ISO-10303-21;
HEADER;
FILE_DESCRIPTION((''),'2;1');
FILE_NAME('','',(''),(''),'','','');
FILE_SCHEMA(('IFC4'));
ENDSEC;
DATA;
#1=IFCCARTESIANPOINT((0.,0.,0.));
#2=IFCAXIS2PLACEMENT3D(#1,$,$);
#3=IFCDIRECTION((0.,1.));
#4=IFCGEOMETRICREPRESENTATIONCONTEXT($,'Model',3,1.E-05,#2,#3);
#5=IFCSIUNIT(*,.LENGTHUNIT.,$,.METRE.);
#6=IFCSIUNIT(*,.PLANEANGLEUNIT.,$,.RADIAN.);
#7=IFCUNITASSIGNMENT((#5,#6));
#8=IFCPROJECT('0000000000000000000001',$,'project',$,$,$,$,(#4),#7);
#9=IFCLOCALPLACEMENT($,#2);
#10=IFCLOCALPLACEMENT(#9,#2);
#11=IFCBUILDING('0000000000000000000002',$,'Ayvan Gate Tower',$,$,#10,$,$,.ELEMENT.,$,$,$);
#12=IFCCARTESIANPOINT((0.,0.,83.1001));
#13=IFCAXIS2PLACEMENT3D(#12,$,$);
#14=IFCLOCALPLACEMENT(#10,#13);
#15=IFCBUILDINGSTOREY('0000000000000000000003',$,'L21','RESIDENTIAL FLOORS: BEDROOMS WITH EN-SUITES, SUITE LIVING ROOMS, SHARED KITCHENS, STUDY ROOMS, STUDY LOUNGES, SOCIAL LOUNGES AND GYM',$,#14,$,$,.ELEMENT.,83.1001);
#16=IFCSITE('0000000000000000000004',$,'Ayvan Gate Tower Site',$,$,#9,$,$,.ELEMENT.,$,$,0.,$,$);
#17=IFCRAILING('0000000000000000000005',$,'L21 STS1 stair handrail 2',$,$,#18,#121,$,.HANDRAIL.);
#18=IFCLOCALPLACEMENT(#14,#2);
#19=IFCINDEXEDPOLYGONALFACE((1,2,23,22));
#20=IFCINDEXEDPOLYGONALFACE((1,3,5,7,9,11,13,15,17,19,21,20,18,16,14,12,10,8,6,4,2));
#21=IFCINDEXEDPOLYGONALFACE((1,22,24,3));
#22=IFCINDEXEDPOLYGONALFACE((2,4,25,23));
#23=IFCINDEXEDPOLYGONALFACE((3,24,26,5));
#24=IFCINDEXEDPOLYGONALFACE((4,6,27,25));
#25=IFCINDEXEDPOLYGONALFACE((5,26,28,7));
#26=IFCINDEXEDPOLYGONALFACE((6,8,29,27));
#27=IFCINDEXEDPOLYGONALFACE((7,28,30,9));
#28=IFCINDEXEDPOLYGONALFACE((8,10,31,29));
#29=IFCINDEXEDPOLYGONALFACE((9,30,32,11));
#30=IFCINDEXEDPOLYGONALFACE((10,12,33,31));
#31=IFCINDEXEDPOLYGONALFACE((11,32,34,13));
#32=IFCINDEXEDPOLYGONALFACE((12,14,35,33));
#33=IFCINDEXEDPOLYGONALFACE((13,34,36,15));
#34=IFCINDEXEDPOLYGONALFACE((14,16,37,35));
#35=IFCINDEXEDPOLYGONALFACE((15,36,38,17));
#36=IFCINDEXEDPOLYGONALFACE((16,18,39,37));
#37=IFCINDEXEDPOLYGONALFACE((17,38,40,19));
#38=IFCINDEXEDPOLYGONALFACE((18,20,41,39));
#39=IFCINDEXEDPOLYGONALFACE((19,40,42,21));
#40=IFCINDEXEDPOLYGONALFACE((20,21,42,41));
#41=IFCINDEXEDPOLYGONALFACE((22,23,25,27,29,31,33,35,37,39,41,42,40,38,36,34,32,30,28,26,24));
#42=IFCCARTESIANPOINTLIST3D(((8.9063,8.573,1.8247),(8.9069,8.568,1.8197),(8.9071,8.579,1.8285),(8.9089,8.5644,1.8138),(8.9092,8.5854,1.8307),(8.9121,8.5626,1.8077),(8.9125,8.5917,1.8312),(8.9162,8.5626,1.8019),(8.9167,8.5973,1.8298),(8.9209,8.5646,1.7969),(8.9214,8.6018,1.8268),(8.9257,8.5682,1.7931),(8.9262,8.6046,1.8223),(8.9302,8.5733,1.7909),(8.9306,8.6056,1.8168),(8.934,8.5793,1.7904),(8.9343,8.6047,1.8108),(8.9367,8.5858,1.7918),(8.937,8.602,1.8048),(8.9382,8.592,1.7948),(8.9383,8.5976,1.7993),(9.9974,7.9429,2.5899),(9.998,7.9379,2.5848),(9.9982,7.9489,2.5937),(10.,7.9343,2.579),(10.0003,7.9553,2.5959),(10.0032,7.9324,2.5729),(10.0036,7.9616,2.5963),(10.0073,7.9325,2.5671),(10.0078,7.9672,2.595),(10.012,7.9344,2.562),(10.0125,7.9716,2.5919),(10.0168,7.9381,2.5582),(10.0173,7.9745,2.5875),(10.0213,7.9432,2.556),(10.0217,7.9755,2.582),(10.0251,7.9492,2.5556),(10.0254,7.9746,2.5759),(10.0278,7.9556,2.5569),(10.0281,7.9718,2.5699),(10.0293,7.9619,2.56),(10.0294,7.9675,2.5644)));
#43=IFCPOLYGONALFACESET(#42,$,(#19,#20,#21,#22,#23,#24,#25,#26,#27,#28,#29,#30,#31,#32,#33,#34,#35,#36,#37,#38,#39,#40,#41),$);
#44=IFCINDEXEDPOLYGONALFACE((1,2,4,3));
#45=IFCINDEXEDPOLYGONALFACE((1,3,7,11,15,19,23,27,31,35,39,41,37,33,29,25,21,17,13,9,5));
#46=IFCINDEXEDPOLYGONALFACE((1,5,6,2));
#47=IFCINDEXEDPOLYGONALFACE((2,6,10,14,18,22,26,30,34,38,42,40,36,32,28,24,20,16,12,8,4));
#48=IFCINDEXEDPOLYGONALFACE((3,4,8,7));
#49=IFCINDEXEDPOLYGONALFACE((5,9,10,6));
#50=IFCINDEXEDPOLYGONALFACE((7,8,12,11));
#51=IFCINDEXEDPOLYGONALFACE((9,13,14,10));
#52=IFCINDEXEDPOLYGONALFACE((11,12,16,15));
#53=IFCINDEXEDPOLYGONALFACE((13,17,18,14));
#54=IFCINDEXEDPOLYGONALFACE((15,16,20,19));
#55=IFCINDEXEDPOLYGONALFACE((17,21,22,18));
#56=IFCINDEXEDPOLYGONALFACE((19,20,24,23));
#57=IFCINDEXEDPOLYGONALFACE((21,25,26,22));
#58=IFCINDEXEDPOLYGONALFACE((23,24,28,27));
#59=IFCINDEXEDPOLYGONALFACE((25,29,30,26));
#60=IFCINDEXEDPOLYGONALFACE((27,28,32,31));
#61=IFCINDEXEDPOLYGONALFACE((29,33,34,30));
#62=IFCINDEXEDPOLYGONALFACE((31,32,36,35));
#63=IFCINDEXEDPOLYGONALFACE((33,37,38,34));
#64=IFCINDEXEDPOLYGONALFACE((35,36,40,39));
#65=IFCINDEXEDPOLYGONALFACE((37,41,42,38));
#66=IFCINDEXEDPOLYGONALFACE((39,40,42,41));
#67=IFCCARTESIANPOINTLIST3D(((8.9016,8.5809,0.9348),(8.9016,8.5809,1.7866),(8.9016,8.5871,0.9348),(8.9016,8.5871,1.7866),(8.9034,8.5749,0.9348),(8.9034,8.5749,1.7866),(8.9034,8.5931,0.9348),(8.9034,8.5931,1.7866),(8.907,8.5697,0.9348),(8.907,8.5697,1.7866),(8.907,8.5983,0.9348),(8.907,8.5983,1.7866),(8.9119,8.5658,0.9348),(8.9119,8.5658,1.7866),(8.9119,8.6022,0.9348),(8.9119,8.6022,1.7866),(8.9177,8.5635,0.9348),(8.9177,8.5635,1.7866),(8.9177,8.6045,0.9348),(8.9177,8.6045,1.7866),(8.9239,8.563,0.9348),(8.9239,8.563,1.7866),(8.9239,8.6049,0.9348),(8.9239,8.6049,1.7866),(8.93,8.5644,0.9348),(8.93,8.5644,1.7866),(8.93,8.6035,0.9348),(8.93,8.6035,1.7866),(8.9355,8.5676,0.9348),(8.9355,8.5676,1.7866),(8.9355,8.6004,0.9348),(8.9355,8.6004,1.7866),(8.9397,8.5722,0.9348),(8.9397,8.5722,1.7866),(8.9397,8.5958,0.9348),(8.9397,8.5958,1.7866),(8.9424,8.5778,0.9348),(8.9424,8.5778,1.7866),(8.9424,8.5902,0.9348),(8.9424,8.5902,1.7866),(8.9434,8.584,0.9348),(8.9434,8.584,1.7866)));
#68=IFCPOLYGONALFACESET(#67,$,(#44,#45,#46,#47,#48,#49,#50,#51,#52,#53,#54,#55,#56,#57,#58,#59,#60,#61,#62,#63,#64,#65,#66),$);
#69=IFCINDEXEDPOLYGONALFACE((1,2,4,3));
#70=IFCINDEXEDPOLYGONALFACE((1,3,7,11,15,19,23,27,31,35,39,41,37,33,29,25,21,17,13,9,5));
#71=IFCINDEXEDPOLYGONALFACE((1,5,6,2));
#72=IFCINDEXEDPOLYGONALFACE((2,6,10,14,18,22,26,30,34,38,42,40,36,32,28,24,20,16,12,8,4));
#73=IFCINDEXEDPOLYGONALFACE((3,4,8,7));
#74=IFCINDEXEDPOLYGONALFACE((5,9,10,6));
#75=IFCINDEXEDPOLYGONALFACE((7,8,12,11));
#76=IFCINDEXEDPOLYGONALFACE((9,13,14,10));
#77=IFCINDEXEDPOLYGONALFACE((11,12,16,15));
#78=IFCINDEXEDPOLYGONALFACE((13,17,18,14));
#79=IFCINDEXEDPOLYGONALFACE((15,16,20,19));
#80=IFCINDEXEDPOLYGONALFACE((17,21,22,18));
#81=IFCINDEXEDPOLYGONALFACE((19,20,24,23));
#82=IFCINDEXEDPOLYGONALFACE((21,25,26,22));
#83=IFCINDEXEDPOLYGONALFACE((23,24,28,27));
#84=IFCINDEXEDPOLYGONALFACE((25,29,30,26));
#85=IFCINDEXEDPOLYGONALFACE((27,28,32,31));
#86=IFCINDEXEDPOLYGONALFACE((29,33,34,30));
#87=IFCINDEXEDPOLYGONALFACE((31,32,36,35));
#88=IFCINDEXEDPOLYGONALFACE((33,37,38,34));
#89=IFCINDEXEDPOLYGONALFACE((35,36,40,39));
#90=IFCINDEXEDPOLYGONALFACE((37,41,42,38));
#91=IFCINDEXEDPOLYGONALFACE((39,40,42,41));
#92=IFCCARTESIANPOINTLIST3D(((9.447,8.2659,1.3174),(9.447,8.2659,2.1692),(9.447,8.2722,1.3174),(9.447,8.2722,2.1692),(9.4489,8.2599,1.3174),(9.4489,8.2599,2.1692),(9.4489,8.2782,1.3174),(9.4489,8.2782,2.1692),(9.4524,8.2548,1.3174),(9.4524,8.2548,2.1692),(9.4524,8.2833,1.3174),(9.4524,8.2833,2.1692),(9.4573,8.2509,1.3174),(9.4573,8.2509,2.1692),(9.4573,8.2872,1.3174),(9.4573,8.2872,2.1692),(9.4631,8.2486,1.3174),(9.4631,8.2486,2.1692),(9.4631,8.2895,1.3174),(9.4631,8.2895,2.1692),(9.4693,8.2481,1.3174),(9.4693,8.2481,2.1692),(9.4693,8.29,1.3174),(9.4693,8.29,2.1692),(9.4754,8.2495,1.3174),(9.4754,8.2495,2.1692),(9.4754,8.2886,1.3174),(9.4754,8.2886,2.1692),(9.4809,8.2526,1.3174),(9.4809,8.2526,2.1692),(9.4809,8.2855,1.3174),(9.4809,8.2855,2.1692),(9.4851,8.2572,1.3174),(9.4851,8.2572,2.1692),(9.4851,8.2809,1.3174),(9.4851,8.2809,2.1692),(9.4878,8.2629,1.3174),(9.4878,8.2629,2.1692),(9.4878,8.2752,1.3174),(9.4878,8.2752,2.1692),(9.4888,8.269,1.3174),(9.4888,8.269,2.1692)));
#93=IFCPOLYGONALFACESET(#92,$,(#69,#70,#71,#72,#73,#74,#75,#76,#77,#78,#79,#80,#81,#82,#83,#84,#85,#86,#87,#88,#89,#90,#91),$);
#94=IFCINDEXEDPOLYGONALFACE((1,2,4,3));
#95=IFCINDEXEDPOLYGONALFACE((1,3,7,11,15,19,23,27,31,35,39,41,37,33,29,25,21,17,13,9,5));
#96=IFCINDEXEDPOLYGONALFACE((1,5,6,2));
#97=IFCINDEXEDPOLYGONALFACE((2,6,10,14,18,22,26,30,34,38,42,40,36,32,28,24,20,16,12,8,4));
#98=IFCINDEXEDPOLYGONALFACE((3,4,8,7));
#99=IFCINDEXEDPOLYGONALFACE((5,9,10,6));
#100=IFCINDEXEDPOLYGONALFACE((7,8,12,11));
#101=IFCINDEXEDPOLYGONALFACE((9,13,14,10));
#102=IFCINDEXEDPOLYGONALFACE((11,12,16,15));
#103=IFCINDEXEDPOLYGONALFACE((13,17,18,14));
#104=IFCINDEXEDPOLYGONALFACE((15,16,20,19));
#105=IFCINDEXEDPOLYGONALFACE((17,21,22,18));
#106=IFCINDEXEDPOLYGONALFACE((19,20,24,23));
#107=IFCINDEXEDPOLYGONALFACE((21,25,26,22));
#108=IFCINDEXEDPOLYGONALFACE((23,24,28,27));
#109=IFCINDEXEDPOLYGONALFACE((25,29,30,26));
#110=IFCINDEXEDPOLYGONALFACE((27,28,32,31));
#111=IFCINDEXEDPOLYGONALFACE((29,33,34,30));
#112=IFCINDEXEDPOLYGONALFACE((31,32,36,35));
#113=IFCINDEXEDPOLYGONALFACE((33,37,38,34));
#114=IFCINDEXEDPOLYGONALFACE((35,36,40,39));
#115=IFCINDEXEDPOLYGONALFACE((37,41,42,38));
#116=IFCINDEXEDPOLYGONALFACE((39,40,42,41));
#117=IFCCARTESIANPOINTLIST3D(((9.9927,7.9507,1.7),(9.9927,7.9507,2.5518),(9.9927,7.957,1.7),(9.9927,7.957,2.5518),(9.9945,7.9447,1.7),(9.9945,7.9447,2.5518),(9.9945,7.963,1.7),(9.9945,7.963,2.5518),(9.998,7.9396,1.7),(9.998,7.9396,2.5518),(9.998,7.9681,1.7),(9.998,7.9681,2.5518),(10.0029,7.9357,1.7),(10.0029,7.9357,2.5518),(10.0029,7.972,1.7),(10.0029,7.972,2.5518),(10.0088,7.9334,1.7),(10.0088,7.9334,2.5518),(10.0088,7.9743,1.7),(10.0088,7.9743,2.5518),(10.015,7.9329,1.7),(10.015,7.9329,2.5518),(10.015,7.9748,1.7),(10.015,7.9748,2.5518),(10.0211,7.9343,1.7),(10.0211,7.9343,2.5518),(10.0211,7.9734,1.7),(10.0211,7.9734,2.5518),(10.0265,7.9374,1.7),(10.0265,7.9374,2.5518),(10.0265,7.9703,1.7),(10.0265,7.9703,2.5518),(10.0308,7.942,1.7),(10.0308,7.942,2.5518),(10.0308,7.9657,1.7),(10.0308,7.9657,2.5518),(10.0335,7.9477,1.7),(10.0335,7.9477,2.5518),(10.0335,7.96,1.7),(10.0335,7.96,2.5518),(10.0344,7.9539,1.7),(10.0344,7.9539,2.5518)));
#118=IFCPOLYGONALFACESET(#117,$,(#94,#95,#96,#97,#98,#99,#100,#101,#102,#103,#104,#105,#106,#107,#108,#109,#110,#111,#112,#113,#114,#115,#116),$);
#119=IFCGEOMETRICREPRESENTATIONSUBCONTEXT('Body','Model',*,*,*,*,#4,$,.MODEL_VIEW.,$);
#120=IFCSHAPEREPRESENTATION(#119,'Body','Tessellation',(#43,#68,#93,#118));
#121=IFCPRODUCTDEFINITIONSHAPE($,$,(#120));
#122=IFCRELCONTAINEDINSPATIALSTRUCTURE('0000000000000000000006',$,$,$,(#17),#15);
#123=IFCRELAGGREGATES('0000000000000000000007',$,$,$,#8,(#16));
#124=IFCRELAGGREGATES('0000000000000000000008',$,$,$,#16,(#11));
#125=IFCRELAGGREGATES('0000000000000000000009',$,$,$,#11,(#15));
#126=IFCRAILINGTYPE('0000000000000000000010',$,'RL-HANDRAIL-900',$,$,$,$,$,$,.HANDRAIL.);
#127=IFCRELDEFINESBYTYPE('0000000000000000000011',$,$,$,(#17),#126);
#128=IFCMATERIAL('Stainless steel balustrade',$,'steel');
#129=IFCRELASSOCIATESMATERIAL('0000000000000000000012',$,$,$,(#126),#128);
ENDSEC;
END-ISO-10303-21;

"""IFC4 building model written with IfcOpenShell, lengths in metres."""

from ifc_helpers import new_model, si_unit, direction, frame, origin, origin_2d, place, context, subcontext, project, spatial, circle, extrude, material, type_object, element, save


model = new_model("IFC4")

# Units and contexts
model_context = context("Model", 3, precision=1e-05, world=origin(), true_north=direction((0.0, 1.0)))
body_context = subcontext(model_context, "Body", "Model", "MODEL_VIEW")
ifc_project = project(units=[si_unit("LENGTHUNIT", "METRE"), si_unit("PLANEANGLEUNIT", "RADIAN")], contexts=[model_context])

# Site, building, storey
site_placement = place(None, origin())
site = spatial("IfcSite", under=ifc_project, at=site_placement, Name="Ayvan Gate Tower Site", CompositionType="ELEMENT", RefElevation=0.0)
building_placement = place(site_placement, origin())
building = spatial("IfcBuilding", under=site, at=building_placement, Name="Ayvan Gate Tower", CompositionType="ELEMENT")
storey_placement = place(building_placement, frame((0.0, 0.0, 83.1001)))
storey = spatial("IfcBuildingStorey", under=building, at=storey_placement, Name="L21", Description="RESIDENTIAL FLOORS: BEDROOMS WITH EN-SUITES, SUITE LIVING ROOMS, SHARED KITCHENS, STUDY ROOMS, STUDY LOUNGES, SOCIAL LOUNGES AND GYM", CompositionType="ELEMENT", Elevation=83.1001)

# Railing
ifc_material_1 = material(Name="Stainless steel balustrade", Category="steel")
railing_type_1 = type_object("IfcRailingType", Name="RL-HANDRAIL-900", PredefinedType="HANDRAIL", material=ifc_material_1)
railing_1_placement = place(storey_placement, frame((8.9224, 8.584, 0.9348)))
element("IfcRailing", 1, at=railing_1_placement, inside=storey, type_object=railing_type_1, Name="L21 STS1 stair handrail 2", PredefinedType="HANDRAIL", context=body_context, shape_type="SweptSolid", body=[
    extrude(circle(Radius=0.0239, at=origin_2d()), frame((0.0, 0.0, 0.876), z_axis=(0.740166, -0.427471, 0.51906), x_axis=(0.500119, 0.865956, 0.0)), (0.0, 0.0, 1.0), 1.4741),
    extrude(circle(Radius=0.021, at=origin_2d()), origin(), (0.0, 0.0, 1.0), 0.8518),
    extrude(circle(Radius=0.021, at=origin_2d()), frame((0.5454, -0.3149, 0.3826)), (0.0, 0.0, 1.0), 0.8518),
    extrude(circle(Radius=0.021, at=origin_2d()), frame((1.0911, -0.6301, 0.7651)), (0.0, 0.0, 1.0), 0.8518),
])

save(model, "model.ifc")
